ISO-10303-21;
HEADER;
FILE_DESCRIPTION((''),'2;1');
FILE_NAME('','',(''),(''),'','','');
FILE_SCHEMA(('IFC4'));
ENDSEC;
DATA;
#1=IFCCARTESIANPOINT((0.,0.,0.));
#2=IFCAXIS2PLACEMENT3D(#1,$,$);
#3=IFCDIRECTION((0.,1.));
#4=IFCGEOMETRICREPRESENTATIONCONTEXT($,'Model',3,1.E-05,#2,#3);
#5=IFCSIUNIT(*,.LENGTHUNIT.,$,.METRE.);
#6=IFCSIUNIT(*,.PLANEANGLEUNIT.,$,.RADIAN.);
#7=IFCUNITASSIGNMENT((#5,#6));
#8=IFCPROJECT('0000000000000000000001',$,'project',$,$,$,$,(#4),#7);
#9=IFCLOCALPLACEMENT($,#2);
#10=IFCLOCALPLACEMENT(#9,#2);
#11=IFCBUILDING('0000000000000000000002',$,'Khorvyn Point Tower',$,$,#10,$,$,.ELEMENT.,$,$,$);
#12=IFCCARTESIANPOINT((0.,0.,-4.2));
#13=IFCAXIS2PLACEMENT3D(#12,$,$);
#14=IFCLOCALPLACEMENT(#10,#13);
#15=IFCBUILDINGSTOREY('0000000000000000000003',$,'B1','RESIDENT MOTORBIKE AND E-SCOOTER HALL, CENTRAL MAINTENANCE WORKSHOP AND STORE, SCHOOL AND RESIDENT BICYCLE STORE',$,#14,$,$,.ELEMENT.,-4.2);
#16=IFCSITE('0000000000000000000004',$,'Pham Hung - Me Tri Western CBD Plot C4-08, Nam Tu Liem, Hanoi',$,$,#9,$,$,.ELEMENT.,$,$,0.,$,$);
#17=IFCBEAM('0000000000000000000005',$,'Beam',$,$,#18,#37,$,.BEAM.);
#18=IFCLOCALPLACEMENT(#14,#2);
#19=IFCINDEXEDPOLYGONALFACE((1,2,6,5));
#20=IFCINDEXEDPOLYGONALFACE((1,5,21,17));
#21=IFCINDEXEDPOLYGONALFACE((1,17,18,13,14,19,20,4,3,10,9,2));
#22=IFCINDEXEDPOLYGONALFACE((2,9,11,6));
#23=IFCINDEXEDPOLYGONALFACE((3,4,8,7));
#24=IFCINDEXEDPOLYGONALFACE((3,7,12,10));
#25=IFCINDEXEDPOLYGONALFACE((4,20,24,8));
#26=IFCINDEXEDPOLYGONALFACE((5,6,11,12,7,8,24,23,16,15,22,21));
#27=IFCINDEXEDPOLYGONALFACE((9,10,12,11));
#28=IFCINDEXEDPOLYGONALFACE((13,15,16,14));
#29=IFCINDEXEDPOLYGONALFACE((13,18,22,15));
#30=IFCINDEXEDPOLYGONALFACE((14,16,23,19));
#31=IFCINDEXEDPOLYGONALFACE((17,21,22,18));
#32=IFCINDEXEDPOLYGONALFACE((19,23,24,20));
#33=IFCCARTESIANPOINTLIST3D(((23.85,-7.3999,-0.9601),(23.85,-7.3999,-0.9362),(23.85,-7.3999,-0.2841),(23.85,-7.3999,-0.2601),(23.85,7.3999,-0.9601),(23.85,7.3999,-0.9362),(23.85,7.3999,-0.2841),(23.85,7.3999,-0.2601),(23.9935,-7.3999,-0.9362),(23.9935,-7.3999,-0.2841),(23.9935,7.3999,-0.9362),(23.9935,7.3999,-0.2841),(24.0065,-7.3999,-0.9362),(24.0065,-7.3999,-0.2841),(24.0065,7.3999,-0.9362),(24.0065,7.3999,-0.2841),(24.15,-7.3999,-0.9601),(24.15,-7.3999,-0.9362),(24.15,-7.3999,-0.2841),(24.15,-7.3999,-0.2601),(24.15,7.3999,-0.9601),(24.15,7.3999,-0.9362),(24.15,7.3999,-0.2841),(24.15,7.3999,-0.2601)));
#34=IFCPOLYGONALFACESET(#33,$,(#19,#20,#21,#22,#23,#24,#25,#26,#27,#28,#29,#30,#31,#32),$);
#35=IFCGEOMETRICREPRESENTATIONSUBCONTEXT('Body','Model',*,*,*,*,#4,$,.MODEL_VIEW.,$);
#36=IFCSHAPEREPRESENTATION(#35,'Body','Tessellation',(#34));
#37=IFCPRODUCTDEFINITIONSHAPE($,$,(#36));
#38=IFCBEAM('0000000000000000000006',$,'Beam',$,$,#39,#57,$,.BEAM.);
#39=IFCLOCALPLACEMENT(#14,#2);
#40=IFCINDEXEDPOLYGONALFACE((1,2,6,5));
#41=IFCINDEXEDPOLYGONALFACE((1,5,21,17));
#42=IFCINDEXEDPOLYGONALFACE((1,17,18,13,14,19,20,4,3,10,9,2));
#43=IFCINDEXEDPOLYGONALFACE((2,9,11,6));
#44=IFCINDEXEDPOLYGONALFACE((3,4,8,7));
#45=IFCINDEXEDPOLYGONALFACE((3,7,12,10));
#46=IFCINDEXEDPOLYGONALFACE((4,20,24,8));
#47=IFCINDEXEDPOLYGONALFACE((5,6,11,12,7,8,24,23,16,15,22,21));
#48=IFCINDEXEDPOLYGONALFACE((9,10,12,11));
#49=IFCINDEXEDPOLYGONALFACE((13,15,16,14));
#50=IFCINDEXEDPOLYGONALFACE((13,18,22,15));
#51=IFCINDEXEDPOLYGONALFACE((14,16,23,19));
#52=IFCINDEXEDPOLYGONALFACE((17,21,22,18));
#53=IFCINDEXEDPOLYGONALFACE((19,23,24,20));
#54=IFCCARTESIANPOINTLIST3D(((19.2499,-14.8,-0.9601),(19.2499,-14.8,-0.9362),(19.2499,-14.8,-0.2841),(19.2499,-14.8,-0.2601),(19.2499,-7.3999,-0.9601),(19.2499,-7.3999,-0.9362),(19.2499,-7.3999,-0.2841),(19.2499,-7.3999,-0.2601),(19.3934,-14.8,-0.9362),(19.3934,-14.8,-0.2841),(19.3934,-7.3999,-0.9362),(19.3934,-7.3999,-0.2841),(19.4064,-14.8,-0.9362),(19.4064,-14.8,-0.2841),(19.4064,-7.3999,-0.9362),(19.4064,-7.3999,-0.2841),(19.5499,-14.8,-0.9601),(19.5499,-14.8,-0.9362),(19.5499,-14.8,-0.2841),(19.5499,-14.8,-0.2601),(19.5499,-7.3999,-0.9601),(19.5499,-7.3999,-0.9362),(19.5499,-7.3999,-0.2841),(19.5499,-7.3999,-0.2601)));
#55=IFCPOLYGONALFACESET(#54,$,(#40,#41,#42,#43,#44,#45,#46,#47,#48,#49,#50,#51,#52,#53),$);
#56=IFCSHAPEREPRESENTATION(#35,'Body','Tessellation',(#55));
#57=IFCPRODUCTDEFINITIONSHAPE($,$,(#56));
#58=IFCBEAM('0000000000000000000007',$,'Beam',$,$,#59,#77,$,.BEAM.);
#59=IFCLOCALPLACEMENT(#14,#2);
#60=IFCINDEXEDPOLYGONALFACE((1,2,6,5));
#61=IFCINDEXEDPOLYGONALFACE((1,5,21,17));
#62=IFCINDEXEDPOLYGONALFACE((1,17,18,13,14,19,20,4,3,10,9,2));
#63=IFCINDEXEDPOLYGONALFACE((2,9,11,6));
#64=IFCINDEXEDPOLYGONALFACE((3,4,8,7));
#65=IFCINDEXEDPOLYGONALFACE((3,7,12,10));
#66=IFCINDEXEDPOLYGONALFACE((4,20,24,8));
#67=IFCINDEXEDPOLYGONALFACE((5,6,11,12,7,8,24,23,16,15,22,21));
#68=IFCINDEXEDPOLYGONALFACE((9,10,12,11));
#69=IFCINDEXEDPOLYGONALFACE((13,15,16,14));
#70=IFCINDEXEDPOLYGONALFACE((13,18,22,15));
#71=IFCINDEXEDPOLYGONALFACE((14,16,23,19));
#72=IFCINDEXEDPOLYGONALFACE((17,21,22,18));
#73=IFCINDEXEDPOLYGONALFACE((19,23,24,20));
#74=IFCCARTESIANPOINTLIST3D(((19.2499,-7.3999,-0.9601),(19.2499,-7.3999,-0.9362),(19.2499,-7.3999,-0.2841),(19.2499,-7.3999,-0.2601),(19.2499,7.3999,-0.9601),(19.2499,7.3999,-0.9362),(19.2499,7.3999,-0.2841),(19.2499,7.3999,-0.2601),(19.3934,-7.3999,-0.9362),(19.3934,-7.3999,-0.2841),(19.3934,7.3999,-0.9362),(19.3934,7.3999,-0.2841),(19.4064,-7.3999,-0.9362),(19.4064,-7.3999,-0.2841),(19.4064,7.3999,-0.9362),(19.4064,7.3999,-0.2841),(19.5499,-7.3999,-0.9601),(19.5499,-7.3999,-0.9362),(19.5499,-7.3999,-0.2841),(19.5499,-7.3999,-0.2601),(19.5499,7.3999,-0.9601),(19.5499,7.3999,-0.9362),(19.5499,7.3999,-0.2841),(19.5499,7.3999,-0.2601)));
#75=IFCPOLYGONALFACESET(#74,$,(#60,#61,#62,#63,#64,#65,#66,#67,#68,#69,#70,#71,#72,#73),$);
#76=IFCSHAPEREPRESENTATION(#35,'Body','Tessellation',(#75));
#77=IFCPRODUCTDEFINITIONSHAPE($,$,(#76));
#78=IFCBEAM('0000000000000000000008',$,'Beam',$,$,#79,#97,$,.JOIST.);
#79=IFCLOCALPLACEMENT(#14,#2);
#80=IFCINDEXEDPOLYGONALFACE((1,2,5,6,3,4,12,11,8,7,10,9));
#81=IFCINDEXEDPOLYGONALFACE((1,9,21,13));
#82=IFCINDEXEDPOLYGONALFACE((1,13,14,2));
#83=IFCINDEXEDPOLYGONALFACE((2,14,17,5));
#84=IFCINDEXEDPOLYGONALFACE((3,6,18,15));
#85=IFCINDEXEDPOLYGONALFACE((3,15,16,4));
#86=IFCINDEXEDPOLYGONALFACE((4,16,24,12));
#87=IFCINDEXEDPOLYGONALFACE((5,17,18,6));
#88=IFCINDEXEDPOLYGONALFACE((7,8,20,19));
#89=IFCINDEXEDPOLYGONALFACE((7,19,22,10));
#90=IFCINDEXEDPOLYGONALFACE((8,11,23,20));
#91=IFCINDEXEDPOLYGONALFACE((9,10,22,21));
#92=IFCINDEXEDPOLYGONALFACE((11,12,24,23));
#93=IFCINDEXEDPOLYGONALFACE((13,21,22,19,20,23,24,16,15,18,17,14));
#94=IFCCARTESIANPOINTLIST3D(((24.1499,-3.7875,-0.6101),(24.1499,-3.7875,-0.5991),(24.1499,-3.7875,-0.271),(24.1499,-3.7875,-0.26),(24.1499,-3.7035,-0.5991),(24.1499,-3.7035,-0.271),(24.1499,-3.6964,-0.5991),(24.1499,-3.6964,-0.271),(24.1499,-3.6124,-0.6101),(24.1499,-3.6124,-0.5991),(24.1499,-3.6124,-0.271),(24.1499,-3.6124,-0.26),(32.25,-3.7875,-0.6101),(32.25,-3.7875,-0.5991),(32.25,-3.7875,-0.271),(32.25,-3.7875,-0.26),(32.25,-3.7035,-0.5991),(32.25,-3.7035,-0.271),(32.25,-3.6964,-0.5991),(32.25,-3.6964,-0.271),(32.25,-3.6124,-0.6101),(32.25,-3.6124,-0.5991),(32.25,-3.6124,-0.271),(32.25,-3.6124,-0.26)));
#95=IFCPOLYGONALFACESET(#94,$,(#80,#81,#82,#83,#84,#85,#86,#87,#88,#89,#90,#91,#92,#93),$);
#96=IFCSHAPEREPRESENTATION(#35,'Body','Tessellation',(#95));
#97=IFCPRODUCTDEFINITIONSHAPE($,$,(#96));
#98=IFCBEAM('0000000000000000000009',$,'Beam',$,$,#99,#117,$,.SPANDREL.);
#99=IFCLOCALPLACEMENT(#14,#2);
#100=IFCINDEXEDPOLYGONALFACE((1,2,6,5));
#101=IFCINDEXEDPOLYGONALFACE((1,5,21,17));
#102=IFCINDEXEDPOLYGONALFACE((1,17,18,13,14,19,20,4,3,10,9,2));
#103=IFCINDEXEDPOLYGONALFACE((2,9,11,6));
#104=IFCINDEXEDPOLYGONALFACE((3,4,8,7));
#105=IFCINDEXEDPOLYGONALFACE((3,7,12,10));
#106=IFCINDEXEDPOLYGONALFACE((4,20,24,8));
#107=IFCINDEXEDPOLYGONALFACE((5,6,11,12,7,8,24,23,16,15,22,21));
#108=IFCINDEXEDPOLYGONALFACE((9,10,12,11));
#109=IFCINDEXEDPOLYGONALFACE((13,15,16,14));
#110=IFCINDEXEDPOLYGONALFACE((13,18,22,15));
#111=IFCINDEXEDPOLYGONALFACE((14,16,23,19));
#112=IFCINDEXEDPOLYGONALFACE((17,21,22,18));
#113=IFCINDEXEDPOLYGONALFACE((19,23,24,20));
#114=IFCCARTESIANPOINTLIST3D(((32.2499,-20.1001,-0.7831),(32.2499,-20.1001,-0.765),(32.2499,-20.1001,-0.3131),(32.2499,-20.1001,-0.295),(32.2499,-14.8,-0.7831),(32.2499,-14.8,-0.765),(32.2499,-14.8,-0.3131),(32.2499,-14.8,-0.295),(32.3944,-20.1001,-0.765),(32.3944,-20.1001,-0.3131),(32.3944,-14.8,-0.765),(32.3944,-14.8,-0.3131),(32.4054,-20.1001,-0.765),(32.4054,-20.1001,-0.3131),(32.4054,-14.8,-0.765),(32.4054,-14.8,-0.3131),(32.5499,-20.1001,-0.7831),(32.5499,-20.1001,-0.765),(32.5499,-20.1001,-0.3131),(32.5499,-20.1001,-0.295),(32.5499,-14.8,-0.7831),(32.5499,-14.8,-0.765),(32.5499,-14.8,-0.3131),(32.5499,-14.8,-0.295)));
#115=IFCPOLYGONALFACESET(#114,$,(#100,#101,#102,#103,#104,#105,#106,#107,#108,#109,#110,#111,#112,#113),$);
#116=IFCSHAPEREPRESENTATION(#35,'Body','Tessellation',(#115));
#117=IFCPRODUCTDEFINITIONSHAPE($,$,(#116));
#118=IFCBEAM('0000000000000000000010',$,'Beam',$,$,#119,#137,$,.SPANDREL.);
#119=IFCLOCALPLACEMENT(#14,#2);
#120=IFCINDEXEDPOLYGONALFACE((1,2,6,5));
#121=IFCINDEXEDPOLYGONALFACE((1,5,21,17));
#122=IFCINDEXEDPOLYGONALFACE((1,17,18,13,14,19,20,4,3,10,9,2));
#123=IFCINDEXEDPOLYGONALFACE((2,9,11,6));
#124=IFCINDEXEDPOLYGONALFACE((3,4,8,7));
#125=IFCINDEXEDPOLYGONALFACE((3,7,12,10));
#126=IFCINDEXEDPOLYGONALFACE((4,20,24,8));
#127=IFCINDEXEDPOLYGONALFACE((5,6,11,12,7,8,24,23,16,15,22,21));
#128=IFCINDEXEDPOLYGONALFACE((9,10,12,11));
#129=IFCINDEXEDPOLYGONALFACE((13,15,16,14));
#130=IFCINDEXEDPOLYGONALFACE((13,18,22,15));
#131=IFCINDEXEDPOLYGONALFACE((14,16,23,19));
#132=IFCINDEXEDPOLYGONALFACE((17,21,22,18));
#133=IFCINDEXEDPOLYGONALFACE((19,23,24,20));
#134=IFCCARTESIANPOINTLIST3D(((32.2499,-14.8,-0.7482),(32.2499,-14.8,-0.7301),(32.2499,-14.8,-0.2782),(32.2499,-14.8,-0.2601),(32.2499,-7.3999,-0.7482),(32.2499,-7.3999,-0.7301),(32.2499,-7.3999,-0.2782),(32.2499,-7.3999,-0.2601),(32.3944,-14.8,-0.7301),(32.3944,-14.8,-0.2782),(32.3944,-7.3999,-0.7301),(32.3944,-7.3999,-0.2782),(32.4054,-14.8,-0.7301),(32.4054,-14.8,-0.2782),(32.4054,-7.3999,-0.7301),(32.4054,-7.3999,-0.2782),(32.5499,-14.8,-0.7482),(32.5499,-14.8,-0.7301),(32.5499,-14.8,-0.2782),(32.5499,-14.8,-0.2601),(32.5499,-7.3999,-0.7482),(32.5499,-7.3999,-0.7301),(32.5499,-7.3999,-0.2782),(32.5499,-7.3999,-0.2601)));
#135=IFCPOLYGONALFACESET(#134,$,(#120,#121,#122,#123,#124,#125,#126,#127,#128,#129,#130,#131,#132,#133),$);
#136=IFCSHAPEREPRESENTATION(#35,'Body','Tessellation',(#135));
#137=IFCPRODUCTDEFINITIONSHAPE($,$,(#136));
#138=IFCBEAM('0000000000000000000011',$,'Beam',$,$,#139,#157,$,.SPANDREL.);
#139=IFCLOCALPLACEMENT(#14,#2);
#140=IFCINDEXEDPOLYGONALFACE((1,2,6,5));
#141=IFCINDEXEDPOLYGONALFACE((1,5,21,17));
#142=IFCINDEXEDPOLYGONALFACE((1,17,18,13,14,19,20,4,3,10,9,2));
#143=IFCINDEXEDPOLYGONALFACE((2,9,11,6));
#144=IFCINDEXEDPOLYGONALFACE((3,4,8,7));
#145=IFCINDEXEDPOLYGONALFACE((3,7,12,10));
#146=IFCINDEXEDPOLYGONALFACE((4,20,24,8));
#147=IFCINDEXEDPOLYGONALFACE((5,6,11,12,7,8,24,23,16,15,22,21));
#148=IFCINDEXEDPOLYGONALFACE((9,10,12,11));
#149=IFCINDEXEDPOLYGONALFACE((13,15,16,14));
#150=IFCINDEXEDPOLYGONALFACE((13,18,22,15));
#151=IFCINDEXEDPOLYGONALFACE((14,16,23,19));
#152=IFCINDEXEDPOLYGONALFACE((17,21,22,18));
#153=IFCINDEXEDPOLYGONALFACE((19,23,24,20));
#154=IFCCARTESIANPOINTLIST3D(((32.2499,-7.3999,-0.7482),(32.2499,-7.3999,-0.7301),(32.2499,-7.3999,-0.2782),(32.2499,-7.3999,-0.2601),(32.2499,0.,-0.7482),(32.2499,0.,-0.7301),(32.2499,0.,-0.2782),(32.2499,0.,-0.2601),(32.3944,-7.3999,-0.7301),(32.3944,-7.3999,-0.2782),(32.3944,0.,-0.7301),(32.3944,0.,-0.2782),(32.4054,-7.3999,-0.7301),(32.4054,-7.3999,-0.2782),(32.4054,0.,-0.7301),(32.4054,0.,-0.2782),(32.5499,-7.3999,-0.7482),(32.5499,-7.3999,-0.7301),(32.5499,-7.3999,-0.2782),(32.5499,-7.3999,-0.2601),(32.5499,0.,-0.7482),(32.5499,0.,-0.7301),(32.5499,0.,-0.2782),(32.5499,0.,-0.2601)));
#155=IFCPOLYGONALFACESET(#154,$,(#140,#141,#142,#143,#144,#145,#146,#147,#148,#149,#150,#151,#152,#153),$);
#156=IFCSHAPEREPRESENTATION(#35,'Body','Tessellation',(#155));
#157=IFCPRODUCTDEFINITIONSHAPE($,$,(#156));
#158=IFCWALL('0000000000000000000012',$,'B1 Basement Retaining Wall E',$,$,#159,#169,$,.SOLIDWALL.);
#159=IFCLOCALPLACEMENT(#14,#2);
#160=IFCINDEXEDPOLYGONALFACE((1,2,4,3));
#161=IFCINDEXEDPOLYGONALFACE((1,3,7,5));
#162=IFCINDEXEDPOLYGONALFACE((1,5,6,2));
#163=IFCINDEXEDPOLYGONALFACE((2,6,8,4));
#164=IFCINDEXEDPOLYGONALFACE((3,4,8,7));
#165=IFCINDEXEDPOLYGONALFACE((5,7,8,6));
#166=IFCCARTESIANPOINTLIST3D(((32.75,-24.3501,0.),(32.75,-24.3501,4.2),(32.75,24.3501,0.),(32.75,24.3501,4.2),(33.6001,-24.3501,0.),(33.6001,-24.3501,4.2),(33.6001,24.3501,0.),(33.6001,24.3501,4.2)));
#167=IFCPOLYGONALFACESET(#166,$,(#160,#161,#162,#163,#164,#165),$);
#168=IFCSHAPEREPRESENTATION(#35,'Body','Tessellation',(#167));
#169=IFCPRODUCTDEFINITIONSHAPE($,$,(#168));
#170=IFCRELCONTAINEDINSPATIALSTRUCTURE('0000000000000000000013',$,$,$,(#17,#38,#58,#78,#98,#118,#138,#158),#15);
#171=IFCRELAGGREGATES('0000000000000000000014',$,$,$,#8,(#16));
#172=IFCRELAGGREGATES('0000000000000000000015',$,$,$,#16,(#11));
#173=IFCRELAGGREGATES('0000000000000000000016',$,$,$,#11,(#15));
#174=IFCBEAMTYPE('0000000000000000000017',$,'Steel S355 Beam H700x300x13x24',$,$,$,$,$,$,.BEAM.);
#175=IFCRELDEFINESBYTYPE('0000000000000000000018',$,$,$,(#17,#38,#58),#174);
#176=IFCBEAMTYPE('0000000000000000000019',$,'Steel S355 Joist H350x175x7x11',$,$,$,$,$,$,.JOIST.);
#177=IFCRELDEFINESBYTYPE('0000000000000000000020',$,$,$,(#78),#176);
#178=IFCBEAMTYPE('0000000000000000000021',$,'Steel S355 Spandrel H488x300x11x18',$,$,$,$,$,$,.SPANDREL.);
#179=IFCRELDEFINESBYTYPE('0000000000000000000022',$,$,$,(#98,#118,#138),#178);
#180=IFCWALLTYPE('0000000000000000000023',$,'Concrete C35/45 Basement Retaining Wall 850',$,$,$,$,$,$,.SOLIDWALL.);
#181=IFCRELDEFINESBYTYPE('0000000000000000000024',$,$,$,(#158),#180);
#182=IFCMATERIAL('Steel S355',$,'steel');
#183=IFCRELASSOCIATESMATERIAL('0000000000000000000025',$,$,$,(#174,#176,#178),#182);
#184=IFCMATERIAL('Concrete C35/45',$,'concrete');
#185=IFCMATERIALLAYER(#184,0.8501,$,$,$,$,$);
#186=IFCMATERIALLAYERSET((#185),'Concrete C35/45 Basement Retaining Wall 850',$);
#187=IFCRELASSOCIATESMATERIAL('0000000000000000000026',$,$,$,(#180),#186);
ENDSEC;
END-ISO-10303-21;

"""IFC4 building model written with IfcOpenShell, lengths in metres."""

from ifc_helpers import new_model, si_unit, direction, frame, frame_2d, origin, origin_2d, place, context, subcontext, project, spatial, rectangle, i_section, extrude, material, layer, layer_set, material_profile, profile_set, type_object, element, save


model = new_model("IFC4")

# Units and contexts
model_context = context("Model", 3, precision=1e-05, world=origin(), true_north=direction((0.0, 1.0)))
body_context = subcontext(model_context, "Body", "Model", "MODEL_VIEW")
ifc_project = project(units=[si_unit("LENGTHUNIT", "METRE"), si_unit("PLANEANGLEUNIT", "RADIAN")], contexts=[model_context])

# Site, building, storey
site_placement = place(None, origin())
site = spatial("IfcSite", under=ifc_project, at=site_placement, Name="Pham Hung - Me Tri Western CBD Plot C4-08, Nam Tu Liem, Hanoi", CompositionType="ELEMENT", RefElevation=0.0)
building_placement = place(site_placement, origin())
building = spatial("IfcBuilding", under=site, at=building_placement, Name="Khorvyn Point Tower", CompositionType="ELEMENT")
storey_placement = place(building_placement, frame((0.0, 0.0, -4.2)))
storey = spatial("IfcBuildingStorey", under=building, at=storey_placement, Name="B1", Description="RESIDENT MOTORBIKE AND E-SCOOTER HALL, CENTRAL MAINTENANCE WORKSHOP AND STORE, SCHOOL AND RESIDENT BICYCLE STORE", CompositionType="ELEMENT", Elevation=-4.2)

# Beams
ifc_material_1 = material(Name="Steel S355", Category="steel")
ifc_material_profile_1 = material_profile(ifc_material_1, i_section(OverallWidth=0.3, OverallDepth=0.7, WebThickness=0.0129, FlangeThickness=0.0239, at=origin_2d()))
ifc_profile_set_1 = profile_set([ifc_material_profile_1], Name="Steel S355 H700x300x13x24")
beam_type_1 = type_object("IfcBeamType", Name="Steel S355 Beam H700x300x13x24", PredefinedType="BEAM", material=ifc_profile_set_1)
beam_1_placement = place(storey_placement, frame((24.0, -7.3999, -0.6101), z_axis=(0.0, 1.0, 0.0), x_axis=(-1.0, 0.0, 0.0)))
element("IfcBeam", 1, at=beam_1_placement, inside=storey, type_object=beam_type_1, Name="Beam", PredefinedType="BEAM", context=body_context, shape_type="SweptSolid", body=[
    extrude(i_section(OverallWidth=0.3, OverallDepth=0.7, WebThickness=0.0129, FlangeThickness=0.0239, at=origin_2d()), origin(), (0.0, 0.0, 1.0), 14.7998),
])
beam_2_placement = place(storey_placement, frame((19.3999, -14.8, -0.6101), z_axis=(0.0, 1.0, 0.0), x_axis=(-1.0, 0.0, 0.0)))
element("IfcBeam", 2, at=beam_2_placement, inside=storey, type_object=beam_type_1, Name="Beam", PredefinedType="BEAM", context=body_context, shape_type="SweptSolid", body=[
    extrude(i_section(OverallWidth=0.3, OverallDepth=0.7, WebThickness=0.0129, FlangeThickness=0.0239, at=origin_2d()), origin(), (0.0, 0.0, 1.0), 7.4001),
])
beam_3_placement = place(storey_placement, frame((19.3999, -7.3999, -0.6101), z_axis=(0.0, 1.0, 0.0), x_axis=(-1.0, 0.0, 0.0)))
element("IfcBeam", 3, at=beam_3_placement, inside=storey, type_object=beam_type_1, Name="Beam", PredefinedType="BEAM", context=body_context, shape_type="SweptSolid", body=[
    extrude(i_section(OverallWidth=0.3, OverallDepth=0.7, WebThickness=0.0129, FlangeThickness=0.0239, at=origin_2d()), origin(), (0.0, 0.0, 1.0), 14.7998),
])
ifc_material_profile_2 = material_profile(ifc_material_1, i_section(OverallWidth=0.175, OverallDepth=0.3501, WebThickness=0.0071, FlangeThickness=0.011, at=origin_2d()))
ifc_profile_set_2 = profile_set([ifc_material_profile_2], Name="Steel S355 H350x175x7x11")
beam_type_2 = type_object("IfcBeamType", Name="Steel S355 Joist H350x175x7x11", PredefinedType="JOIST", material=ifc_profile_set_2)
beam_4_placement = place(storey_placement, frame((24.1499, -3.7, -0.4351), z_axis=(1.0, 0.0, 0.0), x_axis=(0.0, 1.0, 0.0)))
element("IfcBeam", 4, at=beam_4_placement, inside=storey, type_object=beam_type_2, Name="Beam", PredefinedType="JOIST", context=body_context, shape_type="SweptSolid", body=[
    extrude(i_section(OverallWidth=0.175, OverallDepth=0.3501, WebThickness=0.0071, FlangeThickness=0.011, at=origin_2d()), origin(), (0.0, 0.0, 1.0), 8.1001),
])
ifc_material_profile_3 = material_profile(ifc_material_1, i_section(OverallWidth=0.3, OverallDepth=0.488, WebThickness=0.011, FlangeThickness=0.0181, at=origin_2d()))
ifc_profile_set_3 = profile_set([ifc_material_profile_3], Name="Steel S355 H488x300x11x18")
beam_type_3 = type_object("IfcBeamType", Name="Steel S355 Spandrel H488x300x11x18", PredefinedType="SPANDREL", material=ifc_profile_set_3)
beam_5_placement = place(storey_placement, frame((32.3999, -20.1001, -0.5391), z_axis=(0.0, 1.0, 0.0), x_axis=(-1.0, 0.0, 0.0)))
element("IfcBeam", 5, at=beam_5_placement, inside=storey, type_object=beam_type_3, Name="Beam", PredefinedType="SPANDREL", context=body_context, shape_type="SweptSolid", body=[
    extrude(i_section(OverallWidth=0.3, OverallDepth=0.488, WebThickness=0.011, FlangeThickness=0.0181, at=origin_2d()), origin(), (0.0, 0.0, 1.0), 5.3),
])
beam_6_placement = place(storey_placement, frame((32.3999, -14.8, -0.5042), z_axis=(0.0, 1.0, 0.0), x_axis=(-1.0, 0.0, 0.0)))
element("IfcBeam", 6, at=beam_6_placement, inside=storey, type_object=beam_type_3, Name="Beam", PredefinedType="SPANDREL", context=body_context, shape_type="SweptSolid", body=[
    extrude(i_section(OverallWidth=0.3, OverallDepth=0.488, WebThickness=0.011, FlangeThickness=0.0181, at=origin_2d()), origin(), (0.0, 0.0, 1.0), 7.4001),
])
beam_7_placement = place(storey_placement, frame((32.3999, -7.3999, -0.5042), z_axis=(0.0, 1.0, 0.0), x_axis=(-1.0, 0.0, 0.0)))
element("IfcBeam", 7, at=beam_7_placement, inside=storey, type_object=beam_type_3, Name="Beam", PredefinedType="SPANDREL", context=body_context, shape_type="SweptSolid", body=[
    extrude(i_section(OverallWidth=0.3, OverallDepth=0.488, WebThickness=0.011, FlangeThickness=0.0181, at=origin_2d()), origin(), (0.0, 0.0, 1.0), 7.3999),
])

# Wall
ifc_material_2 = material(Name="Concrete C35/45", Category="concrete")
ifc_layer = layer(ifc_material_2, 0.8501)
ifc_layer_set = layer_set([ifc_layer], Name="Concrete C35/45 Basement Retaining Wall 850")
wall_type = type_object("IfcWallType", Name="Concrete C35/45 Basement Retaining Wall 850", PredefinedType="SOLIDWALL", material=ifc_layer_set)
wall_placement = place(storey_placement, frame((33.175, -24.3501, 0.0), z_axis=(0.0, 0.0, 1.0), x_axis=(0.0, 1.0, 0.0)))
element("IfcWall", 8, at=wall_placement, inside=storey, type_object=wall_type, Name="B1 Basement Retaining Wall E", PredefinedType="SOLIDWALL", context=body_context, shape_type="SweptSolid", body=[
    extrude(rectangle(XDim=48.7002, YDim=0.8501, at=frame_2d((24.3501, 0.0))), origin(), (0.0, 0.0, 1.0), 4.2),
])

save(model, "model.ifc")
